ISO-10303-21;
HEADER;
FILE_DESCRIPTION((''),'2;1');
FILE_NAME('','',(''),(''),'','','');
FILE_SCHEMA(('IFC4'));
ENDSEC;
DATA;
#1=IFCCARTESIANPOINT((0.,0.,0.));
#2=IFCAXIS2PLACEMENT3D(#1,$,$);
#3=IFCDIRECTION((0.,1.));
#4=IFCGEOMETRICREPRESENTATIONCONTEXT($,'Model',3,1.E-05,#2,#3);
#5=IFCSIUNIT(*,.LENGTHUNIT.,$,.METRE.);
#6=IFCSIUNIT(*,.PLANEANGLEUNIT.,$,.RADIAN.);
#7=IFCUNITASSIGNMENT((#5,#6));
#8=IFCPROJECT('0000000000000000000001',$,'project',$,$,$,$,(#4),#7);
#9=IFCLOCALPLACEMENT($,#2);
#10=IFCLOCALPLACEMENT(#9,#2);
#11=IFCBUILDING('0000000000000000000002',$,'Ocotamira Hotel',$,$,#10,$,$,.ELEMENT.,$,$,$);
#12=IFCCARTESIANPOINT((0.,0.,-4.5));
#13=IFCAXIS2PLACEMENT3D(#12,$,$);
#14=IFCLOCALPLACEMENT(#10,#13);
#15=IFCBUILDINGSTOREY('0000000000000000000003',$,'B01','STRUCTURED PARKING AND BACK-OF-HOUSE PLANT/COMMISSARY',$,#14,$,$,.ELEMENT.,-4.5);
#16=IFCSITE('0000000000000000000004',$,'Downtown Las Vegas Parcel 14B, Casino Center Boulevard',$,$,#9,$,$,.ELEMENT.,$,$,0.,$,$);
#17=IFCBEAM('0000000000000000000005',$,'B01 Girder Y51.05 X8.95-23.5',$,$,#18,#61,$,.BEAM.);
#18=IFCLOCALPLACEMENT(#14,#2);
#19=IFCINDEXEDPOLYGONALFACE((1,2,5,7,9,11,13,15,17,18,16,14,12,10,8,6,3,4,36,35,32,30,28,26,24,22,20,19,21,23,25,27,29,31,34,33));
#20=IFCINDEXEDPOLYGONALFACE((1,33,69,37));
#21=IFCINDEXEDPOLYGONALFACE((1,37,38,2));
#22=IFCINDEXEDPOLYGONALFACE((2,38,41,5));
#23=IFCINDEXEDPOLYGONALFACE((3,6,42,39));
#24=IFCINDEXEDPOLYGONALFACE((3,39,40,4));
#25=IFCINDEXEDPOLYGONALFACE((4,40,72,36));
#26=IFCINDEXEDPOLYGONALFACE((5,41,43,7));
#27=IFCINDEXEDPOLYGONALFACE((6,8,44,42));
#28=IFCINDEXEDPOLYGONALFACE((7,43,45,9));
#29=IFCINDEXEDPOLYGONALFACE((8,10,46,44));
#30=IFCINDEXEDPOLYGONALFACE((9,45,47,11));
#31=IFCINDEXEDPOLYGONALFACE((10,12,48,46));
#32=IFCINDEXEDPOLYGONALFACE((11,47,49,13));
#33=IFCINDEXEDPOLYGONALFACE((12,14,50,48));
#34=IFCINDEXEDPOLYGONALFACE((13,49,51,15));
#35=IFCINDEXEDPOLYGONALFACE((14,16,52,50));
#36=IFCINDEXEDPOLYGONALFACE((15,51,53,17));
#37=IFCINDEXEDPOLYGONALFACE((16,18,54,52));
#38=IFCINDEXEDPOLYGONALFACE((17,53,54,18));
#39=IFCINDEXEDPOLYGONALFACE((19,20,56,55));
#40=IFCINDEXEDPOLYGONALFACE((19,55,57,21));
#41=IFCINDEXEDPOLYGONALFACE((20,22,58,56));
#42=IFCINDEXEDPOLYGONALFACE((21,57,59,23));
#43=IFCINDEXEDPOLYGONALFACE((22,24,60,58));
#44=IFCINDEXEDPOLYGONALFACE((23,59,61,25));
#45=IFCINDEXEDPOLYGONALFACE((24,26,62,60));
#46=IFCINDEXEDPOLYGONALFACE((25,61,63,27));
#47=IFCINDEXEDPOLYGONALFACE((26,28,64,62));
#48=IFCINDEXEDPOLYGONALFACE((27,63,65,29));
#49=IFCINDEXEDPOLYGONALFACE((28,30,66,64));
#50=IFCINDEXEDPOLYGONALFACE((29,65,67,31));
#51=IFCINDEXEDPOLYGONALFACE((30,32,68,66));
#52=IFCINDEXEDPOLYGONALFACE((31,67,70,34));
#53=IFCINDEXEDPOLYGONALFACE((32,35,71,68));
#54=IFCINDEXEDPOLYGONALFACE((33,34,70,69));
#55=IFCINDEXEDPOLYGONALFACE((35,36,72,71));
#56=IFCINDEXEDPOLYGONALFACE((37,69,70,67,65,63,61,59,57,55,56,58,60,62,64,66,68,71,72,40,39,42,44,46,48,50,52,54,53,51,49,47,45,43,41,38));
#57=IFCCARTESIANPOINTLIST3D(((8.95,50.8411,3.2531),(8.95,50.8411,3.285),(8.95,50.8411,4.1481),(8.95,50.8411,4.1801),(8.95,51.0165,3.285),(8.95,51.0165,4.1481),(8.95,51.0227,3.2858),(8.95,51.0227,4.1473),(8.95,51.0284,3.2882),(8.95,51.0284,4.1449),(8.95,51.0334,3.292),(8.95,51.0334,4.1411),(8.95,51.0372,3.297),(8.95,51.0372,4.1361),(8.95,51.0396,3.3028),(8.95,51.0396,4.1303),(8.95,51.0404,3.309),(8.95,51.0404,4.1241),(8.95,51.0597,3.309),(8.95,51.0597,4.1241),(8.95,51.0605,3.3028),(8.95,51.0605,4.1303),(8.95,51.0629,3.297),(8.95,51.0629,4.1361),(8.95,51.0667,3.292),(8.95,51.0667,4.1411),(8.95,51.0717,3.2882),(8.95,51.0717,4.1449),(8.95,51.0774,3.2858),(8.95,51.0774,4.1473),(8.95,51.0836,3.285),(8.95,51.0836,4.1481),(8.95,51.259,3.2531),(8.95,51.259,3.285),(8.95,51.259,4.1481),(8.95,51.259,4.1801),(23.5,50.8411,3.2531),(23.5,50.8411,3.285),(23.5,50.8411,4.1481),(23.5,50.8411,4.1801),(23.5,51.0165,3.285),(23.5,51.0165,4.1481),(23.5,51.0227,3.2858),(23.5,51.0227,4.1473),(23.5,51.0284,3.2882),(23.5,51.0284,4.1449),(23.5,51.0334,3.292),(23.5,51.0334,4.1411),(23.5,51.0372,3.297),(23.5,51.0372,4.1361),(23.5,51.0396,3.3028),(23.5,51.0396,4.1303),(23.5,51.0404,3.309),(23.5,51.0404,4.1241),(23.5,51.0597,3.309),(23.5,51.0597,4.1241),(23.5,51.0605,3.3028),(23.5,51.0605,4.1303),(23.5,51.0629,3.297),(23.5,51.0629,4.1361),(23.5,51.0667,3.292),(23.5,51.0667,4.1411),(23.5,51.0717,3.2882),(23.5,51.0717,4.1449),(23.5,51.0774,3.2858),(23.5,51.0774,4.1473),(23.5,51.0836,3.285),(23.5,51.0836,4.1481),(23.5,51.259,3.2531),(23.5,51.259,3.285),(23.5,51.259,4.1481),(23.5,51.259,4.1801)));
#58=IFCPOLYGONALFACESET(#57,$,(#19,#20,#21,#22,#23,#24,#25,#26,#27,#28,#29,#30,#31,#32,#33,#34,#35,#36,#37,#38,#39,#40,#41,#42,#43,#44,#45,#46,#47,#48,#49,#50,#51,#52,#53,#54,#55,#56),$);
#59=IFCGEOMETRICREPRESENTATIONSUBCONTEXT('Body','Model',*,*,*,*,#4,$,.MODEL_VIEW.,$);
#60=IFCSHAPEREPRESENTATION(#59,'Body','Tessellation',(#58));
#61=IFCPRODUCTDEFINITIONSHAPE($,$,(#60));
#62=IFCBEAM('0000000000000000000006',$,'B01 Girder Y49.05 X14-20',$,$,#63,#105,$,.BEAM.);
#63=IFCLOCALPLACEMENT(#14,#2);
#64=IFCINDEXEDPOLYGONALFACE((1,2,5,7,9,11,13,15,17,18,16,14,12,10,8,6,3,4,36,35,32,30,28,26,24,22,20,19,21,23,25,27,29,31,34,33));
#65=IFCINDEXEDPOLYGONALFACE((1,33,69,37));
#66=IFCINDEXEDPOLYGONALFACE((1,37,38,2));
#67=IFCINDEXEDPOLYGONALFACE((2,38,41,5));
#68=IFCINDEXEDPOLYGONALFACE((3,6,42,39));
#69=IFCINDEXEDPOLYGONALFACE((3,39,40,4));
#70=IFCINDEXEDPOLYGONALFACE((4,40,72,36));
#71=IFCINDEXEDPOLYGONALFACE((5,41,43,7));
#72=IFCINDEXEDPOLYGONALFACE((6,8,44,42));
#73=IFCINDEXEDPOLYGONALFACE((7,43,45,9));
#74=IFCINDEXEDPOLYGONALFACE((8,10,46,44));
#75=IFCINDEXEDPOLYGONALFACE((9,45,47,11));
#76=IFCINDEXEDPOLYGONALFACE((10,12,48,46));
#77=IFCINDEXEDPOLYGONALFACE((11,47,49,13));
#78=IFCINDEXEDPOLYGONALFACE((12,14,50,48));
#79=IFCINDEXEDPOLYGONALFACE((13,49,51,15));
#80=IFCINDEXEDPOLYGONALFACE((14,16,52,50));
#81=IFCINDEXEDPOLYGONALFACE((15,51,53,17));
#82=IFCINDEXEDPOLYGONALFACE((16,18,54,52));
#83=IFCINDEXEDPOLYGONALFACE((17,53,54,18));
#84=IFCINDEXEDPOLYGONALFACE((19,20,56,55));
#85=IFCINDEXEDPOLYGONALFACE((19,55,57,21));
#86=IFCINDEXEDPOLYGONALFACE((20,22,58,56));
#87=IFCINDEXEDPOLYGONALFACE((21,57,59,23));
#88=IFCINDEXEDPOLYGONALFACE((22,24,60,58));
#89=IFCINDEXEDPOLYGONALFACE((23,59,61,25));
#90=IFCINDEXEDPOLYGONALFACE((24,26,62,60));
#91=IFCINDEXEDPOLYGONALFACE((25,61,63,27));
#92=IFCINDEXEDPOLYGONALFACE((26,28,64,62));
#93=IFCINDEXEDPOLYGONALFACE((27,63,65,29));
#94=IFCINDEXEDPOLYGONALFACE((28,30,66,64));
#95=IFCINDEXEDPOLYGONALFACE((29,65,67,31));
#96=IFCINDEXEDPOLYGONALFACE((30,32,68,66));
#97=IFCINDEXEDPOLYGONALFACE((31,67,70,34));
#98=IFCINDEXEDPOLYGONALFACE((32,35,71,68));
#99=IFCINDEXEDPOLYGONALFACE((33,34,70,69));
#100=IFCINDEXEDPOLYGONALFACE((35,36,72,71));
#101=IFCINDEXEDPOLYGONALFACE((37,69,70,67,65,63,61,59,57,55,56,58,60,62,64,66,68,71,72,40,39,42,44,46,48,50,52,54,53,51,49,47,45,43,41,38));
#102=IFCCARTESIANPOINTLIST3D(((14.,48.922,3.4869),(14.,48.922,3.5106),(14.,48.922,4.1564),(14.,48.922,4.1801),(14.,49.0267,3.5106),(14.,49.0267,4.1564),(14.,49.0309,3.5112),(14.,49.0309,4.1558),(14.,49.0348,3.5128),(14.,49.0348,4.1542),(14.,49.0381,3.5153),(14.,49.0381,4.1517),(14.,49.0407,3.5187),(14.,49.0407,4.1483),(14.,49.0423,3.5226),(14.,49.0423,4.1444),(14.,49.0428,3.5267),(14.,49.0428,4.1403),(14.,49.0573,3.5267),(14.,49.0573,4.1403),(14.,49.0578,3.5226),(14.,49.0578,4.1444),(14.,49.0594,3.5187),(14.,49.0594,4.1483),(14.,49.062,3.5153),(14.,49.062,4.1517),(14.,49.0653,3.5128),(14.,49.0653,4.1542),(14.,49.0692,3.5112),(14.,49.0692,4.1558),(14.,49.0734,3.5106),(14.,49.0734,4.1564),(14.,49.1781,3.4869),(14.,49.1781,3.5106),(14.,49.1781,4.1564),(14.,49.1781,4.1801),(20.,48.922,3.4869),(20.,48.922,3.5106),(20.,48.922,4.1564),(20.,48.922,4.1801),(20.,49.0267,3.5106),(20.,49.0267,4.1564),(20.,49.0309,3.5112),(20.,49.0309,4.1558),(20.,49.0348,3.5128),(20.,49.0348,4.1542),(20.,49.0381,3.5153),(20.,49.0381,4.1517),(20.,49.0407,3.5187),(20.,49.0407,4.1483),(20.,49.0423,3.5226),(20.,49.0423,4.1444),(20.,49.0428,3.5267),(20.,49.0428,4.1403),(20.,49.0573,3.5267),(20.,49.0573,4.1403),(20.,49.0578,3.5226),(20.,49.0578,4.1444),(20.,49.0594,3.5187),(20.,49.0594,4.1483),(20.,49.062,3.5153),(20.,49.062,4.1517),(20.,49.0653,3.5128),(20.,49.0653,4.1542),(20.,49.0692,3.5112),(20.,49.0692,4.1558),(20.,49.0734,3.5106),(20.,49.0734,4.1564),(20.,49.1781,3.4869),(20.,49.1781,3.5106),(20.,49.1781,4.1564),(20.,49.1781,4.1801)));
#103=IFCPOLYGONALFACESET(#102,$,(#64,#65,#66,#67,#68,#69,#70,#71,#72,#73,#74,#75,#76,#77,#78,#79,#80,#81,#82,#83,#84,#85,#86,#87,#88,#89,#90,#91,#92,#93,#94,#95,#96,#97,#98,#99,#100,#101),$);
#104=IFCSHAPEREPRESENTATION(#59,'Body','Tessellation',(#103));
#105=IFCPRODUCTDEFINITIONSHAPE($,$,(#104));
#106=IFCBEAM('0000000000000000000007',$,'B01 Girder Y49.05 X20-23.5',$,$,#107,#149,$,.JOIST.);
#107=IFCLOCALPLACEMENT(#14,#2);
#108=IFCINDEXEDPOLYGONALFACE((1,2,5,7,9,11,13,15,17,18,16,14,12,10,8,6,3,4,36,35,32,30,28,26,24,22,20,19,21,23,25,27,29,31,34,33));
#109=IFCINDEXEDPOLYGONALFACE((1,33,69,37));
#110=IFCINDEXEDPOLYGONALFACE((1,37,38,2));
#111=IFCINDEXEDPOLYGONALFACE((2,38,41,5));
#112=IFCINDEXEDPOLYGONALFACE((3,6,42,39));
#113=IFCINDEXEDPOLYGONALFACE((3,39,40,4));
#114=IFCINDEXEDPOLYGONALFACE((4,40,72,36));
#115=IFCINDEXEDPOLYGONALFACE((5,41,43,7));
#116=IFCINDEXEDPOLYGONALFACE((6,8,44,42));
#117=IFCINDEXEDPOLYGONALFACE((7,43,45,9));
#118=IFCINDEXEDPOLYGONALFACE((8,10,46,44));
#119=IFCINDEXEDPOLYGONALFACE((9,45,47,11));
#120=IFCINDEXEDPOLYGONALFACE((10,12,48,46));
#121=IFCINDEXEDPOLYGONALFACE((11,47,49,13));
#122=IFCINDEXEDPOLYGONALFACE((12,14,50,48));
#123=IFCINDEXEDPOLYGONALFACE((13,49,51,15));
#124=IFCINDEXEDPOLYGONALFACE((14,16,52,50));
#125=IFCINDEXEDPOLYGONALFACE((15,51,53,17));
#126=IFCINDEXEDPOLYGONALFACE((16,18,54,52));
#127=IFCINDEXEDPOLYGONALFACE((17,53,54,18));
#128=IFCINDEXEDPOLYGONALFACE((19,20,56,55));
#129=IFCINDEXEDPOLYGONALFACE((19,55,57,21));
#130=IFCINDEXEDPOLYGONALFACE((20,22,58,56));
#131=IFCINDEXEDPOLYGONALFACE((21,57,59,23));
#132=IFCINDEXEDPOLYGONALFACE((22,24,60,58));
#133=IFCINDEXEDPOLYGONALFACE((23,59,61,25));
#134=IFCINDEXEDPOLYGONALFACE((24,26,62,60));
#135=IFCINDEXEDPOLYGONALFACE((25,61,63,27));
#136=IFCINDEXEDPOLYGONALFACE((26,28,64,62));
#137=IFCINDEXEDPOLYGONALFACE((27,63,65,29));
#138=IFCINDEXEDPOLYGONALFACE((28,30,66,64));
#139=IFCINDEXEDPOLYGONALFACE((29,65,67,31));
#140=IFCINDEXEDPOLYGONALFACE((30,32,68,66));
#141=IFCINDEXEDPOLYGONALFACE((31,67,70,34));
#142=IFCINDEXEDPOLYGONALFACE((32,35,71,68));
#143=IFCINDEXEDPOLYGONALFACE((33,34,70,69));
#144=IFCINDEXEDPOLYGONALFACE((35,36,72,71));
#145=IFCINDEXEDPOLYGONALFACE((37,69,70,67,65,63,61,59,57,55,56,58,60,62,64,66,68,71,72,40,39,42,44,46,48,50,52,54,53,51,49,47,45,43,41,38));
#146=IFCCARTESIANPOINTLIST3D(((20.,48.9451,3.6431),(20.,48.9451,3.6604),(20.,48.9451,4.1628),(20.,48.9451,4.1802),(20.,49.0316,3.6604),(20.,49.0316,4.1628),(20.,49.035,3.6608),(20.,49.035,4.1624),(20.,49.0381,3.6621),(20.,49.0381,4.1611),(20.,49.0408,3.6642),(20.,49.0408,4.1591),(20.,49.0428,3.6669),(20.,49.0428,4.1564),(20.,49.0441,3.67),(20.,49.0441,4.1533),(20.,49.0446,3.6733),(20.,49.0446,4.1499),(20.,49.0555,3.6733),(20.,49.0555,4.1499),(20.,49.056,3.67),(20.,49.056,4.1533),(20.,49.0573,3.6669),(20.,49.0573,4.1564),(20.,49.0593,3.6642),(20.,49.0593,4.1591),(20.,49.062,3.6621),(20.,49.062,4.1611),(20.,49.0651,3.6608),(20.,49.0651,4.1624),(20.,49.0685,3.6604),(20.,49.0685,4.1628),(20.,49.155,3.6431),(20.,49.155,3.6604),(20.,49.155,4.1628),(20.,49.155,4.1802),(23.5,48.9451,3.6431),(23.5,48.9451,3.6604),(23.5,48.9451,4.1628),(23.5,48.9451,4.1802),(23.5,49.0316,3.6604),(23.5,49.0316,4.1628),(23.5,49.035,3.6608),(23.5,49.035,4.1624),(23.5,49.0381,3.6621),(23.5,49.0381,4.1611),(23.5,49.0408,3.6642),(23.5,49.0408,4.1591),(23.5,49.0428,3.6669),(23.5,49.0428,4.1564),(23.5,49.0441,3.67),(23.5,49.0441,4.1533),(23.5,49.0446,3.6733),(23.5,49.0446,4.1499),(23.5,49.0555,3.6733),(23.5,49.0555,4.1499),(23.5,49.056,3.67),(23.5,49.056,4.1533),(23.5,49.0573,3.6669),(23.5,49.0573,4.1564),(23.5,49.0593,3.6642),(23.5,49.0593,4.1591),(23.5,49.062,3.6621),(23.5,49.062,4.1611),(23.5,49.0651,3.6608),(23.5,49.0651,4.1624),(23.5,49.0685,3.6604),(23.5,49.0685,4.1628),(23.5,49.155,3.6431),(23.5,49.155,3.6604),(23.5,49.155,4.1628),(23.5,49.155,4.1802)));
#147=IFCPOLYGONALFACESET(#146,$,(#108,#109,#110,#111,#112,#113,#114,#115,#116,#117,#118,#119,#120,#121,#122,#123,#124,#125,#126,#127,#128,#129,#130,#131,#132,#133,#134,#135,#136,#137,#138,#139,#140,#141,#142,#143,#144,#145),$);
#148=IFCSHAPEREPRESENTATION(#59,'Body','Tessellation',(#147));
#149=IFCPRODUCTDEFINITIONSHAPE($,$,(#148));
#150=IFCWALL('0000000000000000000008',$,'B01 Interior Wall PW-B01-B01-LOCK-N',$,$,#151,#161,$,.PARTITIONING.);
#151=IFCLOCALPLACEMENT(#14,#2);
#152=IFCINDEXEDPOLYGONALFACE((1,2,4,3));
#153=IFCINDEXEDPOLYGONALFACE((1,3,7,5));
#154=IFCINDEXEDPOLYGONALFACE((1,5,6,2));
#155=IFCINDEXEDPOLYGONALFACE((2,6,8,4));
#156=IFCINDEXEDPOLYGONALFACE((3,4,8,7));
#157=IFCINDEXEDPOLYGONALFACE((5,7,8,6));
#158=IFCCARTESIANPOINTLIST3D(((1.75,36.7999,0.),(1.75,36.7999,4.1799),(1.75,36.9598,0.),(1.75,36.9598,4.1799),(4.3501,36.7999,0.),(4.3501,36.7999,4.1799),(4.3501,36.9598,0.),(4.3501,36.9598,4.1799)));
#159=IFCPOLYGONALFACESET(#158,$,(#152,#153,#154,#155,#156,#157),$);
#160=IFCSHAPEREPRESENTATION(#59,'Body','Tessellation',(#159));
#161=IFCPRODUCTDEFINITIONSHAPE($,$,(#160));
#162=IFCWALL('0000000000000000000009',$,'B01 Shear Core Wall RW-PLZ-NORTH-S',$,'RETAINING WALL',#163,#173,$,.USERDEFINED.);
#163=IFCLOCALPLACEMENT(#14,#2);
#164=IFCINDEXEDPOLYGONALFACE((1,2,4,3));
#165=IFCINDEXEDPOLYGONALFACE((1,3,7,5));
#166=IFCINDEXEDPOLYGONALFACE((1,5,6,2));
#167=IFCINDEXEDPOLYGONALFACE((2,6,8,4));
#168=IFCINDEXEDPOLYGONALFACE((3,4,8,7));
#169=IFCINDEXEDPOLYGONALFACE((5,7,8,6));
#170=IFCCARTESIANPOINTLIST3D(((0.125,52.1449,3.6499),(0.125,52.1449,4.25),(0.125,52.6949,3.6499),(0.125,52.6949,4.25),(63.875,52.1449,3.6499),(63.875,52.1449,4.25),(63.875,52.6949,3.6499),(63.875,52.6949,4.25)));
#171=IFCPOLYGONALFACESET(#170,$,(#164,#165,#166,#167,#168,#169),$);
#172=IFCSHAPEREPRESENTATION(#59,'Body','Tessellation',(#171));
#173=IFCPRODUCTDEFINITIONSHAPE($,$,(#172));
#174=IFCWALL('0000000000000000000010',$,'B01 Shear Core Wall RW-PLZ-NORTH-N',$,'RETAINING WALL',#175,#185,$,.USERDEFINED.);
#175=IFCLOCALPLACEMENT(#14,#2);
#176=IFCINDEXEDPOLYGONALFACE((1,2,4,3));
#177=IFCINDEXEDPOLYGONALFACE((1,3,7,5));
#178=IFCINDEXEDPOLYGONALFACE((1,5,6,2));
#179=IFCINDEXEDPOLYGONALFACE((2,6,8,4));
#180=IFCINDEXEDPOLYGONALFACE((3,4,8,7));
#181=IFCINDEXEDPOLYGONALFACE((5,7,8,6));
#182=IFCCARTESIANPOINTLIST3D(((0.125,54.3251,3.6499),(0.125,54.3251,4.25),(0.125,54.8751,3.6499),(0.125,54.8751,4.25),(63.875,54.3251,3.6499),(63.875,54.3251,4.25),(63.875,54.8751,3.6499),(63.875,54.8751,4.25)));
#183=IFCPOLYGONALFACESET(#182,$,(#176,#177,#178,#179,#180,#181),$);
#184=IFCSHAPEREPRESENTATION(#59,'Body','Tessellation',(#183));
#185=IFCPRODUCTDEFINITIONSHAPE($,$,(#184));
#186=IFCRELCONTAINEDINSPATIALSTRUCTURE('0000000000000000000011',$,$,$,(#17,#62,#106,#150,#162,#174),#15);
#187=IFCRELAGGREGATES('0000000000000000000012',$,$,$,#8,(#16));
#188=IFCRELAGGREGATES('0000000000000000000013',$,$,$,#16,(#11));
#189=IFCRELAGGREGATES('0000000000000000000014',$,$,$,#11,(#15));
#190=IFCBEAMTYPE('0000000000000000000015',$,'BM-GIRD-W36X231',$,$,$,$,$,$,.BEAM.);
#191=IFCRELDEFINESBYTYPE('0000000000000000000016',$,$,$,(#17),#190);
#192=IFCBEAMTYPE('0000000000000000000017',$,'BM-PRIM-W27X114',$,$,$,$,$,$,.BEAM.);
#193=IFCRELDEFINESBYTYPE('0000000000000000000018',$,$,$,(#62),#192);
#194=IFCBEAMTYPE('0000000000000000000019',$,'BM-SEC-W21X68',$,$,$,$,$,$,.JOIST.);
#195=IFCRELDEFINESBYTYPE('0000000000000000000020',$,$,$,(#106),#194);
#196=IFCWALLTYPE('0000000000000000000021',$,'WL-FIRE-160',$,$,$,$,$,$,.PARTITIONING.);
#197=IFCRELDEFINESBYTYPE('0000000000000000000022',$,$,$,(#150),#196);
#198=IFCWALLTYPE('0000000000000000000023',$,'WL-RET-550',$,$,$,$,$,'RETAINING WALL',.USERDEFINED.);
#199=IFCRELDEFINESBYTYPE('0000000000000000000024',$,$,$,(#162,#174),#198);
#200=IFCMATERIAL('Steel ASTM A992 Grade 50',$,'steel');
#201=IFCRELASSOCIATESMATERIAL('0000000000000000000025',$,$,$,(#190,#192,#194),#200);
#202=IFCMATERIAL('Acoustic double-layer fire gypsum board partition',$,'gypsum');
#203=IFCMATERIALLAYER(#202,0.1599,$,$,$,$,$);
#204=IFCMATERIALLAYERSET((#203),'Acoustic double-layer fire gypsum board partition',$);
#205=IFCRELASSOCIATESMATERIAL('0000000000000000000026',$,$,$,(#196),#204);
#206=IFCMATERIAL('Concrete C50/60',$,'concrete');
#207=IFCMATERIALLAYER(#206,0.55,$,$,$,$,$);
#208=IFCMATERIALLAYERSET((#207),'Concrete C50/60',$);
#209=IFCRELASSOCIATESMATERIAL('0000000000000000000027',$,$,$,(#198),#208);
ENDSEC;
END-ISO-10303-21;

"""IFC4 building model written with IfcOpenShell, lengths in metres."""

from ifc_helpers import new_model, si_unit, direction, frame, frame_2d, origin, origin_2d, place, context, subcontext, project, spatial, rectangle, i_section, extrude, source, transform, mapped, material, layer, layer_set, material_profile, profile_set, type_object, element, save


model = new_model("IFC4")

# Units and contexts
model_context = context("Model", 3, precision=1e-05, world=origin(), true_north=direction((0.0, 1.0)))
body_context = subcontext(model_context, "Body", "Model", "MODEL_VIEW")
ifc_project = project(units=[si_unit("LENGTHUNIT", "METRE"), si_unit("PLANEANGLEUNIT", "RADIAN")], contexts=[model_context])

# Site, building, storey
site_placement = place(None, origin())
site = spatial("IfcSite", under=ifc_project, at=site_placement, Name="Downtown Las Vegas Parcel 14B, Casino Center Boulevard", CompositionType="ELEMENT", RefElevation=0.0)
building_placement = place(site_placement, origin())
building = spatial("IfcBuilding", under=site, at=building_placement, Name="Ocotamira Hotel", CompositionType="ELEMENT")
storey_placement = place(building_placement, frame((0.0, 0.0, -4.5)))
storey = spatial("IfcBuildingStorey", under=building, at=storey_placement, Name="B01", Description="STRUCTURED PARKING AND BACK-OF-HOUSE PLANT/COMMISSARY", CompositionType="ELEMENT", Elevation=-4.5)

# Shared definitions
ifc_material_1 = material(Name="Concrete C50/60", Category="concrete")

# Beams
ifc_material_2 = material(Name="Steel ASTM A992 Grade 50", Category="steel")
ifc_material_profile_1 = material_profile(ifc_material_2, i_section(OverallWidth=0.418, OverallDepth=0.927, WebThickness=0.0193, FlangeThickness=0.032, FilletRadius=0.0239, at=origin_2d()), Name="W36X231")
ifc_profile_set_1 = profile_set([ifc_material_profile_1], Name="Steel ASTM A992 Grade 50")
beam_type_1 = type_object("IfcBeamType", Name="BM-GIRD-W36X231", PredefinedType="BEAM", material=ifc_profile_set_1)
shared_shape_1 = source(origin(), body_context, "Body", "SweptSolid", [
    extrude(i_section(OverallWidth=0.418, OverallDepth=0.927, WebThickness=0.0193, FlangeThickness=0.032, FilletRadius=0.0239, at=origin_2d()), origin(), (0.0, 0.0, 1.0), 14.55),
])
for number, where, z_axis, x_axis, name in (
    (1, (8.95, 51.05, 3.7166), (1.0, 0.0, 0.0), (0.0, 1.0, 0.0), "B01 Girder Y51.05 X8.95-23.5"),
):
    element("IfcBeam", number, at=place(storey_placement, frame(where, z_axis=z_axis, x_axis=x_axis)), inside=storey, type_object=beam_type_1, Name=name, PredefinedType="BEAM", context=body_context, shape_type="MappedRepresentation", body=[
        mapped(shared_shape_1, transform((0.0, 0.0, 0.0), scale=1.0)),
    ])
ifc_material_profile_2 = material_profile(ifc_material_2, i_section(OverallWidth=0.2561, OverallDepth=0.6931, WebThickness=0.0144, FlangeThickness=0.0237, FilletRadius=0.0161, at=origin_2d()), Name="W27X114")
ifc_profile_set_2 = profile_set([ifc_material_profile_2], Name="Steel ASTM A992 Grade 50")
beam_type_2 = type_object("IfcBeamType", Name="BM-PRIM-W27X114", PredefinedType="BEAM", material=ifc_profile_set_2)
shared_shape_2 = source(origin(), body_context, "Body", "SweptSolid", [
    extrude(i_section(OverallWidth=0.2561, OverallDepth=0.6931, WebThickness=0.0144, FlangeThickness=0.0237, FilletRadius=0.0161, at=origin_2d()), origin(), (0.0, 0.0, 1.0), 6.0),
])
beam_1_placement = place(storey_placement, frame((14.0, 49.05, 3.8335), z_axis=(1.0, 0.0, 0.0), x_axis=(0.0, 1.0, 0.0)))
element("IfcBeam", 2, at=beam_1_placement, inside=storey, type_object=beam_type_2, Name="B01 Girder Y49.05 X14-20", PredefinedType="BEAM", context=body_context, shape_type="MappedRepresentation", body=[
    mapped(shared_shape_2, transform((0.0, 0.0, 0.0), scale=1.0)),
])
ifc_material_profile_3 = material_profile(ifc_material_2, i_section(OverallWidth=0.21, OverallDepth=0.5371, WebThickness=0.011, FlangeThickness=0.0173, FilletRadius=0.0129, at=origin_2d()), Name="W21X68")
ifc_profile_set_3 = profile_set([ifc_material_profile_3], Name="Steel ASTM A992 Grade 50")
beam_type_3 = type_object("IfcBeamType", Name="BM-SEC-W21X68", PredefinedType="JOIST", material=ifc_profile_set_3)
shared_shape_3 = source(origin(), body_context, "Body", "SweptSolid", [
    extrude(i_section(OverallWidth=0.21, OverallDepth=0.5371, WebThickness=0.011, FlangeThickness=0.0173, FilletRadius=0.0129, at=origin_2d()), origin(), (0.0, 0.0, 1.0), 3.5),
])
beam_2_placement = place(storey_placement, frame((20.0, 49.05, 3.9116), z_axis=(1.0, 0.0, 0.0), x_axis=(0.0, 1.0, 0.0)))
element("IfcBeam", 3, at=beam_2_placement, inside=storey, type_object=beam_type_3, Name="B01 Girder Y49.05 X20-23.5", PredefinedType="JOIST", context=body_context, shape_type="MappedRepresentation", body=[
    mapped(shared_shape_3, transform((0.0, 0.0, 0.0), scale=1.0)),
])

# Walls
ifc_material_3 = material(Name="Acoustic double-layer fire gypsum board partition", Category="gypsum")
ifc_layer_1 = layer(ifc_material_3, 0.1599)
ifc_layer_set_1 = layer_set([ifc_layer_1], Name="Acoustic double-layer fire gypsum board partition")
wall_type_1 = type_object("IfcWallType", Name="WL-FIRE-160", PredefinedType="PARTITIONING", material=ifc_layer_set_1)
wall_1_placement = place(storey_placement, frame((1.75, 36.8799, 0.0), z_axis=(0.0, 0.0, 1.0), x_axis=(1.0, 0.0, 0.0)))
element("IfcWall", 4, at=wall_1_placement, inside=storey, type_object=wall_type_1, Name="B01 Interior Wall PW-B01-B01-LOCK-N", PredefinedType="PARTITIONING", context=body_context, shape_type="SweptSolid", body=[
    extrude(rectangle(XDim=2.6001, YDim=0.1599, at=frame_2d((1.3, 0.0))), origin(), (0.0, 0.0, 1.0), 4.1799),
])
ifc_layer_2 = layer(ifc_material_1, 0.55)
ifc_layer_set_2 = layer_set([ifc_layer_2], Name="Concrete C50/60")
wall_type_2 = type_object("IfcWallType", Name="WL-RET-550", ElementType="RETAINING WALL", PredefinedType="USERDEFINED", material=ifc_layer_set_2)
for number, where, z_axis, x_axis, name in (
    (5, (0.125, 52.4199, 3.6499), (0.0, 0.0, 1.0), (1.0, 0.0, 0.0), "B01 Shear Core Wall RW-PLZ-NORTH-S"),
    (6, (0.125, 54.6001, 3.6499), (0.0, 0.0, 1.0), (1.0, 0.0, 0.0), "B01 Shear Core Wall RW-PLZ-NORTH-N"),
):
    element("IfcWall", number, at=place(storey_placement, frame(where, z_axis=z_axis, x_axis=x_axis)), inside=storey, type_object=wall_type_2, Name=name, ObjectType="RETAINING WALL", PredefinedType="USERDEFINED", context=body_context, shape_type="SweptSolid", body=[
        extrude(rectangle(XDim=63.75, YDim=0.55, at=frame_2d((31.875, 0.0))), origin(), (0.0, 0.0, 1.0), 0.6001),
    ])

save(model, "model.ifc")
